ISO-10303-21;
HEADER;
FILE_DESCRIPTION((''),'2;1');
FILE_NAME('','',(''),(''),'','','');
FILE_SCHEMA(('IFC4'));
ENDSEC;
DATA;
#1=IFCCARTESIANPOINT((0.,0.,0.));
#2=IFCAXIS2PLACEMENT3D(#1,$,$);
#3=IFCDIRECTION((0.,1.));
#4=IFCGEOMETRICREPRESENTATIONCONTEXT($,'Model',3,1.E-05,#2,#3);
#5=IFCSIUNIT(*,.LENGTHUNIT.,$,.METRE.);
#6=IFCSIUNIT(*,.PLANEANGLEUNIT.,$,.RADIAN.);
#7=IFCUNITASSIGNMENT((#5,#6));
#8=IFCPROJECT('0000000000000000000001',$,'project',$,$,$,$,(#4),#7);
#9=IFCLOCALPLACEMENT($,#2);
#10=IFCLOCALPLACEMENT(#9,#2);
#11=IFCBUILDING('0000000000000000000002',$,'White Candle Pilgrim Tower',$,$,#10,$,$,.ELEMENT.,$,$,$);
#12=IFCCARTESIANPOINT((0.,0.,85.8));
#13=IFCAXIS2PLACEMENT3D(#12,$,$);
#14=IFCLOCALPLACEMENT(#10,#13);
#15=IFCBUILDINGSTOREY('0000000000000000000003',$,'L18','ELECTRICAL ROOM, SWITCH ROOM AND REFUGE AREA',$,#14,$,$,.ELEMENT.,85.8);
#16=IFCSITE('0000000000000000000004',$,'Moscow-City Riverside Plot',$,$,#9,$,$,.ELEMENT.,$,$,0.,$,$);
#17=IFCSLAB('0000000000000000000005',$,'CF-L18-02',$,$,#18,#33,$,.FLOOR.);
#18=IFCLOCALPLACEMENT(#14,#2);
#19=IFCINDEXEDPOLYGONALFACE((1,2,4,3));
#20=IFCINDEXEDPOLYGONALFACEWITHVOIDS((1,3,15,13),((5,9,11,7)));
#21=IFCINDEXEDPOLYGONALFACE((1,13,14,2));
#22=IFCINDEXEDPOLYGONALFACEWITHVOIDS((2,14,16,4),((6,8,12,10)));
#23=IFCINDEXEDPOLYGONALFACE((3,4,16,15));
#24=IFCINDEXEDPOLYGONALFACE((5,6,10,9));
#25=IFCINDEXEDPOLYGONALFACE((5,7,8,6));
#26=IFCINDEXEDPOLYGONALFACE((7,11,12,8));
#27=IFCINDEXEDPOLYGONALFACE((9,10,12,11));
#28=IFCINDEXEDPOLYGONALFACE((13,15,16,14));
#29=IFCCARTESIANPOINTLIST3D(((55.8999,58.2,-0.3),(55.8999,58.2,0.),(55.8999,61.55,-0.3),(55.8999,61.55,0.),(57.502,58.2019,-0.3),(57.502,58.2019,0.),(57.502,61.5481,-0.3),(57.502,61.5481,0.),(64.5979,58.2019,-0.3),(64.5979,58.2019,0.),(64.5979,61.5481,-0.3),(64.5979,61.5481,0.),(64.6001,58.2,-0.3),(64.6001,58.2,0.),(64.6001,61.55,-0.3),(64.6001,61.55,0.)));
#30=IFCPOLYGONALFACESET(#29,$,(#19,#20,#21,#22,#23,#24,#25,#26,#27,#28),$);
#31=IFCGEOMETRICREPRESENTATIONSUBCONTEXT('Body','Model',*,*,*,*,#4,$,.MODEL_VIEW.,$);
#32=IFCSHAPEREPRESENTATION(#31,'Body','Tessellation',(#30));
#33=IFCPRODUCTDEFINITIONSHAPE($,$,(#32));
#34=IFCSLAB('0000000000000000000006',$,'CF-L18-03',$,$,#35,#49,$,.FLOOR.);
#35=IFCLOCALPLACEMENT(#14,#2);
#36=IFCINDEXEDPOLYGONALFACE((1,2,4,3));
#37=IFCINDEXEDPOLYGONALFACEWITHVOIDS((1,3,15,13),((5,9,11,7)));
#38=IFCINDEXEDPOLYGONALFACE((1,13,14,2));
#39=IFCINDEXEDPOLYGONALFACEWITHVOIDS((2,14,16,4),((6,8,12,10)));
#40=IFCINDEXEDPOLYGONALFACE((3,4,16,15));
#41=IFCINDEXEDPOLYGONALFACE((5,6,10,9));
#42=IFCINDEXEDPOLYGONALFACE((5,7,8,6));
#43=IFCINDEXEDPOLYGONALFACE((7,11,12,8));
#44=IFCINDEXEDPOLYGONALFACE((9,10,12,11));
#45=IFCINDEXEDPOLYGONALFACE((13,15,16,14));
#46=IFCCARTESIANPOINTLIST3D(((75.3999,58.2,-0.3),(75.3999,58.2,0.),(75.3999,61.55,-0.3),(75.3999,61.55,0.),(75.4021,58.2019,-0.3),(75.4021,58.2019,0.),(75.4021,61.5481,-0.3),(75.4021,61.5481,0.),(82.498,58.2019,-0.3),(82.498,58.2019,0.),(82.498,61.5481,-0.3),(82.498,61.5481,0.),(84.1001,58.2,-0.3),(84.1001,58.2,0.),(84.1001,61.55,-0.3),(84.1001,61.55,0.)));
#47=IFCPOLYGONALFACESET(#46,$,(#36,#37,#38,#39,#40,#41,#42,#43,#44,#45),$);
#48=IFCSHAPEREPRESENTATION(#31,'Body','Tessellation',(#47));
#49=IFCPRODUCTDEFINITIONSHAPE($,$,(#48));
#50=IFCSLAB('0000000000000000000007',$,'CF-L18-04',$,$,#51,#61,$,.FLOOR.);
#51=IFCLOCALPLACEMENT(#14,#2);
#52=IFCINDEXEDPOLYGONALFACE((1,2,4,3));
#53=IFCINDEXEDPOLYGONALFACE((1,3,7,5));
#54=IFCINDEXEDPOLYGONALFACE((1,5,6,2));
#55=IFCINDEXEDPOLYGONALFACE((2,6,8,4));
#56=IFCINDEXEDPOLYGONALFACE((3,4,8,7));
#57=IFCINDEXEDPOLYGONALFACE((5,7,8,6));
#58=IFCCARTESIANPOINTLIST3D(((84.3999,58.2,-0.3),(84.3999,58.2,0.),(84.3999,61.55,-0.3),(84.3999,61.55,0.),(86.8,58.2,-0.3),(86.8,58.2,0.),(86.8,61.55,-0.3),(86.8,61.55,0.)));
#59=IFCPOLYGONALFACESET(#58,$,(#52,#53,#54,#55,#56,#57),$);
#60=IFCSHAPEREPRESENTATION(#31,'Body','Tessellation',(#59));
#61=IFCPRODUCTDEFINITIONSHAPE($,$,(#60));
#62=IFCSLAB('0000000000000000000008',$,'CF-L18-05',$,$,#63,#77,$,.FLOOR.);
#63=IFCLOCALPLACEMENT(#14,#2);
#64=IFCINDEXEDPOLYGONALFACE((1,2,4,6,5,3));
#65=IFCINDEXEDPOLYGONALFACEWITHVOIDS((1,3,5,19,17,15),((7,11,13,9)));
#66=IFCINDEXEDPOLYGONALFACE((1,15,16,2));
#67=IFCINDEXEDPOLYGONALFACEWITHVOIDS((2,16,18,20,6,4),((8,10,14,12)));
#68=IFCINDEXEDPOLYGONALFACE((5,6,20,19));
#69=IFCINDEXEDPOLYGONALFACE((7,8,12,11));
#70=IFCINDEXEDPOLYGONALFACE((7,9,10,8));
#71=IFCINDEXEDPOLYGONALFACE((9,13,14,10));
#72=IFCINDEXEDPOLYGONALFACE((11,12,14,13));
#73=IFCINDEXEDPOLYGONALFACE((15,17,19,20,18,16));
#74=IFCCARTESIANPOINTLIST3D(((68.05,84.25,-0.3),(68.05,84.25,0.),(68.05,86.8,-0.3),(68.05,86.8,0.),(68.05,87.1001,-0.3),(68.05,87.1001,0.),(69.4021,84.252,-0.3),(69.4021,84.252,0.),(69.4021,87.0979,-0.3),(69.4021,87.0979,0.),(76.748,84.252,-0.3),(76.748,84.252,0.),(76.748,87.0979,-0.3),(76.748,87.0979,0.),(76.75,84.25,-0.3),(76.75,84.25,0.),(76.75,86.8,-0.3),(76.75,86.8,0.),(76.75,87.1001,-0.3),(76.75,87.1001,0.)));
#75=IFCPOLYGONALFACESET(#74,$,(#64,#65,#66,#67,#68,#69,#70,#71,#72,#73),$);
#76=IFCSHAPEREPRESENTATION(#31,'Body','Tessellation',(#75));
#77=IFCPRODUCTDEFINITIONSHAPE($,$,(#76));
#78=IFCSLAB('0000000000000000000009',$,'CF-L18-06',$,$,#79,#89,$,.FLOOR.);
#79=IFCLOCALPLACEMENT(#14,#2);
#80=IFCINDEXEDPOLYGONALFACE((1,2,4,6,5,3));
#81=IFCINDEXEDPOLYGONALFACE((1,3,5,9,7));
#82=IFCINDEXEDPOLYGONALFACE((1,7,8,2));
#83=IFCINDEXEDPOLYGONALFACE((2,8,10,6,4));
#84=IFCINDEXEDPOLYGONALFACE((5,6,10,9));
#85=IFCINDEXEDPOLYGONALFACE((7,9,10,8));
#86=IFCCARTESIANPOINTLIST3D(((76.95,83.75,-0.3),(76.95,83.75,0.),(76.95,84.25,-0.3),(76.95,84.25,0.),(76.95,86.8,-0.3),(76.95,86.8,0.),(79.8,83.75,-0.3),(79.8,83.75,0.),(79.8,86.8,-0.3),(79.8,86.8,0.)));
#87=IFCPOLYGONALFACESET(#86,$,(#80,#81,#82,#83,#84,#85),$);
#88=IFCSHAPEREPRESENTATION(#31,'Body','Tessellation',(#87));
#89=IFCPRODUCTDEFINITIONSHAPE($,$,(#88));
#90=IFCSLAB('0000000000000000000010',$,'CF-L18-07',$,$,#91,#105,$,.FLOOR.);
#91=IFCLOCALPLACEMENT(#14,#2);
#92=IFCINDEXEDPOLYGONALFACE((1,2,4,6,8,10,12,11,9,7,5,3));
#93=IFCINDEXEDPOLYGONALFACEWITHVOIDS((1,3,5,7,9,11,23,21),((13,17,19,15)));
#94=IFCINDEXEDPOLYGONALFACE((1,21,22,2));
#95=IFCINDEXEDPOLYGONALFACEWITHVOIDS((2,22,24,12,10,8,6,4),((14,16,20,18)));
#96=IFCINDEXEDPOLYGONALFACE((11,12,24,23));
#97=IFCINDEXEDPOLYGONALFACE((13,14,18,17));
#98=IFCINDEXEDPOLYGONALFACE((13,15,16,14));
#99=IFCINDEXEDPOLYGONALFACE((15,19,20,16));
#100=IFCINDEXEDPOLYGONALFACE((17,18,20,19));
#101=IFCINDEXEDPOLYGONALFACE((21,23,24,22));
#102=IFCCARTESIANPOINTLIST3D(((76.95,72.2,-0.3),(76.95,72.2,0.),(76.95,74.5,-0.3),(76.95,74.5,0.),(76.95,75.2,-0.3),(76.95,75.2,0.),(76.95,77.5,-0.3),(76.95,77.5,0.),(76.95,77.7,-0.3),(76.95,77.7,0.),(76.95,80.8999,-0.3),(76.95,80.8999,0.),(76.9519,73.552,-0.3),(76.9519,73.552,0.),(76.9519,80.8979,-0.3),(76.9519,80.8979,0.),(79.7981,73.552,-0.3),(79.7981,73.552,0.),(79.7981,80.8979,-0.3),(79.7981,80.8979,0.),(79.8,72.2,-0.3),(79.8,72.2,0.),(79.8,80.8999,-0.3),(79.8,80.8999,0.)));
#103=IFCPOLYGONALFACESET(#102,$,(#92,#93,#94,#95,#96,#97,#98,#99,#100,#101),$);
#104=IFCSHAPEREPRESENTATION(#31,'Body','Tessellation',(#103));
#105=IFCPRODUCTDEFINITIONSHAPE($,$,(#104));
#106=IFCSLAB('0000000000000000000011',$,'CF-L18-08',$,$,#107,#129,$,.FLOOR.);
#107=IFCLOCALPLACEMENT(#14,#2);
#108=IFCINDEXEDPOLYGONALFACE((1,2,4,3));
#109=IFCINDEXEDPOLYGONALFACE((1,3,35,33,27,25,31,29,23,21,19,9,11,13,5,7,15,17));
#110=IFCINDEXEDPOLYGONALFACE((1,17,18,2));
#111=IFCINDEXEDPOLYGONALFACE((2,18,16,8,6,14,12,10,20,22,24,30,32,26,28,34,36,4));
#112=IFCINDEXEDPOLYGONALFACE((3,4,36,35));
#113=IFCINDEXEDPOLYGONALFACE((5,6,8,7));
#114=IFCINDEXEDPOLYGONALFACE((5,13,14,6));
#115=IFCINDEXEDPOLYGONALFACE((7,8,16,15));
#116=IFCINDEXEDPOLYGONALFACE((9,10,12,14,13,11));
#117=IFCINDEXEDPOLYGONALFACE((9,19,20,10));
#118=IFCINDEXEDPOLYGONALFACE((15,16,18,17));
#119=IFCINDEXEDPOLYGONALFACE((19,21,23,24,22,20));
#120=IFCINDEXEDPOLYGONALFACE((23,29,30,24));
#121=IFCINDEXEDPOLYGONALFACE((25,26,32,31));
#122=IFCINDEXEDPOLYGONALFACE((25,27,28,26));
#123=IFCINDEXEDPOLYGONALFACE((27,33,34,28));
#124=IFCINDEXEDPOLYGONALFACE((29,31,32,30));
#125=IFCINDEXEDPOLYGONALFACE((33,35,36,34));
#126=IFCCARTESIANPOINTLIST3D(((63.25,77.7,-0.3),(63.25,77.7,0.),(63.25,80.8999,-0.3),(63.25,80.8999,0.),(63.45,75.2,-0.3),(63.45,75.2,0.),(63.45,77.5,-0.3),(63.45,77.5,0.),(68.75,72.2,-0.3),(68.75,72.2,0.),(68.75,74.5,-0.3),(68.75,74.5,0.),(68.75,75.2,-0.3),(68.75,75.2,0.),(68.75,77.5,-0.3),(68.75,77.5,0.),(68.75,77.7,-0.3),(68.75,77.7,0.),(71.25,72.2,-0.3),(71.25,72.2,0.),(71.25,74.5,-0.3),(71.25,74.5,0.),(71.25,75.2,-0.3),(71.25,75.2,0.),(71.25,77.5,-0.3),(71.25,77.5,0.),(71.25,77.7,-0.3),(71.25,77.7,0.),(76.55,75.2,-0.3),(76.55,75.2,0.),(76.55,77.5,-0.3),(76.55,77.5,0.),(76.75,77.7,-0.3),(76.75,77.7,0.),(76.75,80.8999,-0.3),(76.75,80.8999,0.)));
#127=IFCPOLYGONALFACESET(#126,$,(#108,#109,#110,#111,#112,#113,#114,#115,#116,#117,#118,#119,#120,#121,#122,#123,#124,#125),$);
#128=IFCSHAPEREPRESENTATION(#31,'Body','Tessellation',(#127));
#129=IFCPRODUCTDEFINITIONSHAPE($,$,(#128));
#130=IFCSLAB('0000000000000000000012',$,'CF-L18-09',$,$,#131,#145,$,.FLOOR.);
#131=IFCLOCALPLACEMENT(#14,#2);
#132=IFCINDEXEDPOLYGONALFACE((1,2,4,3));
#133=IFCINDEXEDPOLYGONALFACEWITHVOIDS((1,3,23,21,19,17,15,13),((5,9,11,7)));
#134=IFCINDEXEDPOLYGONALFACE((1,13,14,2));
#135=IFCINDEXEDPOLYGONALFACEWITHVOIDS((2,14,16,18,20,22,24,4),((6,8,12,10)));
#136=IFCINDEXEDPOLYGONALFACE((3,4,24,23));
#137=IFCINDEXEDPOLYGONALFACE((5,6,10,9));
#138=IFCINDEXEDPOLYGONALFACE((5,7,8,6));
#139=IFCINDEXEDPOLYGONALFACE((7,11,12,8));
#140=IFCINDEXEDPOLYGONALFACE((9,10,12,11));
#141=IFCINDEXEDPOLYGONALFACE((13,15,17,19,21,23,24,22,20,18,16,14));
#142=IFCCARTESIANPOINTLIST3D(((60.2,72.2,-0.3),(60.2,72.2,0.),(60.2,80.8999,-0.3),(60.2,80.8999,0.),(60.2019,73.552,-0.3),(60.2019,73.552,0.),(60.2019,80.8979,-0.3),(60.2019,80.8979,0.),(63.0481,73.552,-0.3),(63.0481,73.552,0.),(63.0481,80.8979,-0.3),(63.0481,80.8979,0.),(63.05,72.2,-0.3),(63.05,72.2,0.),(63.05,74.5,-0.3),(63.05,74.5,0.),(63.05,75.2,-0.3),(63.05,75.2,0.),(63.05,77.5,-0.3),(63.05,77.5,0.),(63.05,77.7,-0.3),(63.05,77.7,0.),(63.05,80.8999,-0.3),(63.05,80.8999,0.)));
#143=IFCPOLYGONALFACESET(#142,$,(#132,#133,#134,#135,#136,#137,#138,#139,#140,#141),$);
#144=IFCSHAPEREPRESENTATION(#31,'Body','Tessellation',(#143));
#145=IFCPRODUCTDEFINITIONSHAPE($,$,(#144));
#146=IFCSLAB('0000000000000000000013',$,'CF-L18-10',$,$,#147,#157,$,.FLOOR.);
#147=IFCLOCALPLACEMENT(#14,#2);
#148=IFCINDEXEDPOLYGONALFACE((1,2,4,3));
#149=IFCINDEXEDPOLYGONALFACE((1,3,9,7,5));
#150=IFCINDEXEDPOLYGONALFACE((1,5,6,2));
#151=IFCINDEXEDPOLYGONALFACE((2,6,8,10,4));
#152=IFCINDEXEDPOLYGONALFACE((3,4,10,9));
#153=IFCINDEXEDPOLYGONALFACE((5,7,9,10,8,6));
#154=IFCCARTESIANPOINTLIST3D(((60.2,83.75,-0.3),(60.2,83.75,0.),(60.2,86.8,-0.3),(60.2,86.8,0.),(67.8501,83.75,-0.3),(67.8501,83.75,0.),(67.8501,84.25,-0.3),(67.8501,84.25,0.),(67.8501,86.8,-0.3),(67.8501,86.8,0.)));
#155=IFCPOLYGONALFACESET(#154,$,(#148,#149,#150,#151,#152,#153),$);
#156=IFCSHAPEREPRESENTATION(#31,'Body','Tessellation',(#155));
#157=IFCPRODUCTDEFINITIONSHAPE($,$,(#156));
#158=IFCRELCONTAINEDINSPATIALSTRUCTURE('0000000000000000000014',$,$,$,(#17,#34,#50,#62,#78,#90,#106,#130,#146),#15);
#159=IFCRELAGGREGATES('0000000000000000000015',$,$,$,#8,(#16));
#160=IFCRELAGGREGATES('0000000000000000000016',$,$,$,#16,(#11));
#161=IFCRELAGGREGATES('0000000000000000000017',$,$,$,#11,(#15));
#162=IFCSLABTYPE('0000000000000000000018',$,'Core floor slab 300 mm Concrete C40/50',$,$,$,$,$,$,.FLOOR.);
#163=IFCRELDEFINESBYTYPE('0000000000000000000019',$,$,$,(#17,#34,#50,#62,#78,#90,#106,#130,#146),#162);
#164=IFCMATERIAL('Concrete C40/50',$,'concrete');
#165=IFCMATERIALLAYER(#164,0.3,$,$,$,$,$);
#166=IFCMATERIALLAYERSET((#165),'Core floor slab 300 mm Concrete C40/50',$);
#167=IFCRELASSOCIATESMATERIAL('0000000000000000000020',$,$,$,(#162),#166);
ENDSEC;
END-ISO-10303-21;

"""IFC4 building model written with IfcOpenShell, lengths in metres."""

from ifc_helpers import new_model, si_unit, direction, frame, origin, place, context, subcontext, project, spatial, polyline, outline, extrude, material, layer, layer_set, type_object, element, save


model = new_model("IFC4")

# Units and contexts
model_context = context("Model", 3, precision=1e-05, world=origin(), true_north=direction((0.0, 1.0)))
body_context = subcontext(model_context, "Body", "Model", "MODEL_VIEW")
ifc_project = project(units=[si_unit("LENGTHUNIT", "METRE"), si_unit("PLANEANGLEUNIT", "RADIAN")], contexts=[model_context])

# Site, building, storey
site_placement = place(None, origin())
site = spatial("IfcSite", under=ifc_project, at=site_placement, Name="Moscow-City Riverside Plot", CompositionType="ELEMENT", RefElevation=0.0)
building_placement = place(site_placement, origin())
building = spatial("IfcBuilding", under=site, at=building_placement, Name="White Candle Pilgrim Tower", CompositionType="ELEMENT")
storey_placement = place(building_placement, frame((0.0, 0.0, 85.8)))
storey = spatial("IfcBuildingStorey", under=building, at=storey_placement, Name="L18", Description="ELECTRICAL ROOM, SWITCH ROOM AND REFUGE AREA", CompositionType="ELEMENT", Elevation=85.8)

# Slabs
ifc_material_1 = material(Name="Concrete C40/50", Category="concrete")
ifc_layer_1 = layer(ifc_material_1, 0.3)
ifc_layer_set_1 = layer_set([ifc_layer_1], Name="Core floor slab 300 mm Concrete C40/50")
slab_type_1 = type_object("IfcSlabType", Name="Core floor slab 300 mm Concrete C40/50", PredefinedType="FLOOR", material=ifc_layer_set_1)
slab_1_placement = place(storey_placement, frame((0.0, 0.0, -0.3)))
element("IfcSlab", 1, at=slab_1_placement, inside=storey, type_object=slab_type_1, Name="CF-L18-02", PredefinedType="FLOOR", context=body_context, shape_type="SweptSolid", body=[
    extrude(outline(polyline([(55.8999, 58.2), (55.8999, 61.55), (64.6001, 61.55), (64.6001, 58.2), (55.8999, 58.2)]), holes=[polyline([(57.502, 61.5481), (57.502, 58.2019), (64.5979, 58.2019), (64.5979, 61.5481), (57.502, 61.5481)])]), origin(), (0.0, 0.0, 1.0), 0.3),
])
slab_2_placement = place(storey_placement, frame((0.0, 0.0, -0.3)))
element("IfcSlab", 2, at=slab_2_placement, inside=storey, type_object=slab_type_1, Name="CF-L18-03", PredefinedType="FLOOR", context=body_context, shape_type="SweptSolid", body=[
    extrude(outline(polyline([(75.3999, 58.2), (75.3999, 61.55), (84.1001, 61.55), (84.1001, 58.2), (75.3999, 58.2)]), holes=[polyline([(82.498, 58.2019), (82.498, 61.5481), (75.4021, 61.5481), (75.4021, 58.2019), (82.498, 58.2019)])]), origin(), (0.0, 0.0, 1.0), 0.3),
])
slab_3_placement = place(storey_placement, frame((0.0, 0.0, -0.3)))
element("IfcSlab", 3, at=slab_3_placement, inside=storey, type_object=slab_type_1, Name="CF-L18-04", PredefinedType="FLOOR", context=body_context, shape_type="SweptSolid", body=[
    extrude(outline(polyline([(86.8, 58.2), (84.3999, 58.2), (84.3999, 61.55), (86.8, 61.55), (86.8, 58.2)])), origin(), (0.0, 0.0, 1.0), 0.3),
])
slab_4_placement = place(storey_placement, frame((0.0, 0.0, -0.3)))
element("IfcSlab", 4, at=slab_4_placement, inside=storey, type_object=slab_type_1, Name="CF-L18-05", PredefinedType="FLOOR", context=body_context, shape_type="SweptSolid", body=[
    extrude(outline(polyline([(76.75, 87.1001), (76.75, 86.8), (76.75, 84.25), (68.05, 84.25), (68.05, 86.8), (68.05, 87.1001), (76.75, 87.1001)]), holes=[polyline([(69.4021, 87.0979), (69.4021, 84.252), (76.748, 84.252), (76.748, 87.0979), (69.4021, 87.0979)])]), origin(), (0.0, 0.0, 1.0), 0.3),
])
slab_5_placement = place(storey_placement, frame((0.0, 0.0, -0.3)))
element("IfcSlab", 5, at=slab_5_placement, inside=storey, type_object=slab_type_1, Name="CF-L18-06", PredefinedType="FLOOR", context=body_context, shape_type="SweptSolid", body=[
    extrude(outline(polyline([(79.8, 86.8), (79.8, 83.75), (76.95, 83.75), (76.95, 84.25), (76.95, 86.8), (79.8, 86.8)])), origin(), (0.0, 0.0, 1.0), 0.3),
])
slab_6_placement = place(storey_placement, frame((0.0, 0.0, -0.3)))
element("IfcSlab", 6, at=slab_6_placement, inside=storey, type_object=slab_type_1, Name="CF-L18-07", PredefinedType="FLOOR", context=body_context, shape_type="SweptSolid", body=[
    extrude(outline(polyline([(79.8, 72.2), (76.95, 72.2), (76.95, 74.5), (76.95, 75.2), (76.95, 77.5), (76.95, 77.7), (76.95, 80.8999), (79.8, 80.8999), (79.8, 72.2)]), holes=[polyline([(76.9519, 73.552), (79.7981, 73.552), (79.7981, 80.8979), (76.9519, 80.8979), (76.9519, 73.552)])]), origin(), (0.0, 0.0, 1.0), 0.3),
])
slab_7_placement = place(storey_placement, frame((0.0, 0.0, -0.3)))
element("IfcSlab", 7, at=slab_7_placement, inside=storey, type_object=slab_type_1, Name="CF-L18-08", PredefinedType="FLOOR", context=body_context, shape_type="SweptSolid", body=[
    extrude(outline(polyline([(68.75, 72.2), (68.75, 74.5), (68.75, 75.2), (63.45, 75.2), (63.45, 77.5), (68.75, 77.5), (68.75, 77.7), (63.25, 77.7), (63.25, 80.8999), (76.75, 80.8999), (76.75, 77.7), (71.25, 77.7), (71.25, 77.5), (76.55, 77.5), (76.55, 75.2), (71.25, 75.2), (71.25, 74.5), (71.25, 72.2), (68.75, 72.2)])), origin(), (0.0, 0.0, 1.0), 0.3),
])
slab_8_placement = place(storey_placement, frame((0.0, 0.0, -0.3)))
element("IfcSlab", 8, at=slab_8_placement, inside=storey, type_object=slab_type_1, Name="CF-L18-09", PredefinedType="FLOOR", context=body_context, shape_type="SweptSolid", body=[
    extrude(outline(polyline([(60.2, 72.2), (60.2, 80.8999), (63.05, 80.8999), (63.05, 77.7), (63.05, 77.5), (63.05, 75.2), (63.05, 74.5), (63.05, 72.2), (60.2, 72.2)]), holes=[polyline([(60.2019, 73.552), (63.0481, 73.552), (63.0481, 80.8979), (60.2019, 80.8979), (60.2019, 73.552)])]), origin(), (0.0, 0.0, 1.0), 0.3),
])
slab_9_placement = place(storey_placement, frame((0.0, 0.0, -0.3)))
element("IfcSlab", 9, at=slab_9_placement, inside=storey, type_object=slab_type_1, Name="CF-L18-10", PredefinedType="FLOOR", context=body_context, shape_type="SweptSolid", body=[
    extrude(outline(polyline([(60.2, 86.8), (67.8501, 86.8), (67.8501, 84.25), (67.8501, 83.75), (60.2, 83.75), (60.2, 86.8)])), origin(), (0.0, 0.0, 1.0), 0.3),
])

save(model, "model.ifc")
